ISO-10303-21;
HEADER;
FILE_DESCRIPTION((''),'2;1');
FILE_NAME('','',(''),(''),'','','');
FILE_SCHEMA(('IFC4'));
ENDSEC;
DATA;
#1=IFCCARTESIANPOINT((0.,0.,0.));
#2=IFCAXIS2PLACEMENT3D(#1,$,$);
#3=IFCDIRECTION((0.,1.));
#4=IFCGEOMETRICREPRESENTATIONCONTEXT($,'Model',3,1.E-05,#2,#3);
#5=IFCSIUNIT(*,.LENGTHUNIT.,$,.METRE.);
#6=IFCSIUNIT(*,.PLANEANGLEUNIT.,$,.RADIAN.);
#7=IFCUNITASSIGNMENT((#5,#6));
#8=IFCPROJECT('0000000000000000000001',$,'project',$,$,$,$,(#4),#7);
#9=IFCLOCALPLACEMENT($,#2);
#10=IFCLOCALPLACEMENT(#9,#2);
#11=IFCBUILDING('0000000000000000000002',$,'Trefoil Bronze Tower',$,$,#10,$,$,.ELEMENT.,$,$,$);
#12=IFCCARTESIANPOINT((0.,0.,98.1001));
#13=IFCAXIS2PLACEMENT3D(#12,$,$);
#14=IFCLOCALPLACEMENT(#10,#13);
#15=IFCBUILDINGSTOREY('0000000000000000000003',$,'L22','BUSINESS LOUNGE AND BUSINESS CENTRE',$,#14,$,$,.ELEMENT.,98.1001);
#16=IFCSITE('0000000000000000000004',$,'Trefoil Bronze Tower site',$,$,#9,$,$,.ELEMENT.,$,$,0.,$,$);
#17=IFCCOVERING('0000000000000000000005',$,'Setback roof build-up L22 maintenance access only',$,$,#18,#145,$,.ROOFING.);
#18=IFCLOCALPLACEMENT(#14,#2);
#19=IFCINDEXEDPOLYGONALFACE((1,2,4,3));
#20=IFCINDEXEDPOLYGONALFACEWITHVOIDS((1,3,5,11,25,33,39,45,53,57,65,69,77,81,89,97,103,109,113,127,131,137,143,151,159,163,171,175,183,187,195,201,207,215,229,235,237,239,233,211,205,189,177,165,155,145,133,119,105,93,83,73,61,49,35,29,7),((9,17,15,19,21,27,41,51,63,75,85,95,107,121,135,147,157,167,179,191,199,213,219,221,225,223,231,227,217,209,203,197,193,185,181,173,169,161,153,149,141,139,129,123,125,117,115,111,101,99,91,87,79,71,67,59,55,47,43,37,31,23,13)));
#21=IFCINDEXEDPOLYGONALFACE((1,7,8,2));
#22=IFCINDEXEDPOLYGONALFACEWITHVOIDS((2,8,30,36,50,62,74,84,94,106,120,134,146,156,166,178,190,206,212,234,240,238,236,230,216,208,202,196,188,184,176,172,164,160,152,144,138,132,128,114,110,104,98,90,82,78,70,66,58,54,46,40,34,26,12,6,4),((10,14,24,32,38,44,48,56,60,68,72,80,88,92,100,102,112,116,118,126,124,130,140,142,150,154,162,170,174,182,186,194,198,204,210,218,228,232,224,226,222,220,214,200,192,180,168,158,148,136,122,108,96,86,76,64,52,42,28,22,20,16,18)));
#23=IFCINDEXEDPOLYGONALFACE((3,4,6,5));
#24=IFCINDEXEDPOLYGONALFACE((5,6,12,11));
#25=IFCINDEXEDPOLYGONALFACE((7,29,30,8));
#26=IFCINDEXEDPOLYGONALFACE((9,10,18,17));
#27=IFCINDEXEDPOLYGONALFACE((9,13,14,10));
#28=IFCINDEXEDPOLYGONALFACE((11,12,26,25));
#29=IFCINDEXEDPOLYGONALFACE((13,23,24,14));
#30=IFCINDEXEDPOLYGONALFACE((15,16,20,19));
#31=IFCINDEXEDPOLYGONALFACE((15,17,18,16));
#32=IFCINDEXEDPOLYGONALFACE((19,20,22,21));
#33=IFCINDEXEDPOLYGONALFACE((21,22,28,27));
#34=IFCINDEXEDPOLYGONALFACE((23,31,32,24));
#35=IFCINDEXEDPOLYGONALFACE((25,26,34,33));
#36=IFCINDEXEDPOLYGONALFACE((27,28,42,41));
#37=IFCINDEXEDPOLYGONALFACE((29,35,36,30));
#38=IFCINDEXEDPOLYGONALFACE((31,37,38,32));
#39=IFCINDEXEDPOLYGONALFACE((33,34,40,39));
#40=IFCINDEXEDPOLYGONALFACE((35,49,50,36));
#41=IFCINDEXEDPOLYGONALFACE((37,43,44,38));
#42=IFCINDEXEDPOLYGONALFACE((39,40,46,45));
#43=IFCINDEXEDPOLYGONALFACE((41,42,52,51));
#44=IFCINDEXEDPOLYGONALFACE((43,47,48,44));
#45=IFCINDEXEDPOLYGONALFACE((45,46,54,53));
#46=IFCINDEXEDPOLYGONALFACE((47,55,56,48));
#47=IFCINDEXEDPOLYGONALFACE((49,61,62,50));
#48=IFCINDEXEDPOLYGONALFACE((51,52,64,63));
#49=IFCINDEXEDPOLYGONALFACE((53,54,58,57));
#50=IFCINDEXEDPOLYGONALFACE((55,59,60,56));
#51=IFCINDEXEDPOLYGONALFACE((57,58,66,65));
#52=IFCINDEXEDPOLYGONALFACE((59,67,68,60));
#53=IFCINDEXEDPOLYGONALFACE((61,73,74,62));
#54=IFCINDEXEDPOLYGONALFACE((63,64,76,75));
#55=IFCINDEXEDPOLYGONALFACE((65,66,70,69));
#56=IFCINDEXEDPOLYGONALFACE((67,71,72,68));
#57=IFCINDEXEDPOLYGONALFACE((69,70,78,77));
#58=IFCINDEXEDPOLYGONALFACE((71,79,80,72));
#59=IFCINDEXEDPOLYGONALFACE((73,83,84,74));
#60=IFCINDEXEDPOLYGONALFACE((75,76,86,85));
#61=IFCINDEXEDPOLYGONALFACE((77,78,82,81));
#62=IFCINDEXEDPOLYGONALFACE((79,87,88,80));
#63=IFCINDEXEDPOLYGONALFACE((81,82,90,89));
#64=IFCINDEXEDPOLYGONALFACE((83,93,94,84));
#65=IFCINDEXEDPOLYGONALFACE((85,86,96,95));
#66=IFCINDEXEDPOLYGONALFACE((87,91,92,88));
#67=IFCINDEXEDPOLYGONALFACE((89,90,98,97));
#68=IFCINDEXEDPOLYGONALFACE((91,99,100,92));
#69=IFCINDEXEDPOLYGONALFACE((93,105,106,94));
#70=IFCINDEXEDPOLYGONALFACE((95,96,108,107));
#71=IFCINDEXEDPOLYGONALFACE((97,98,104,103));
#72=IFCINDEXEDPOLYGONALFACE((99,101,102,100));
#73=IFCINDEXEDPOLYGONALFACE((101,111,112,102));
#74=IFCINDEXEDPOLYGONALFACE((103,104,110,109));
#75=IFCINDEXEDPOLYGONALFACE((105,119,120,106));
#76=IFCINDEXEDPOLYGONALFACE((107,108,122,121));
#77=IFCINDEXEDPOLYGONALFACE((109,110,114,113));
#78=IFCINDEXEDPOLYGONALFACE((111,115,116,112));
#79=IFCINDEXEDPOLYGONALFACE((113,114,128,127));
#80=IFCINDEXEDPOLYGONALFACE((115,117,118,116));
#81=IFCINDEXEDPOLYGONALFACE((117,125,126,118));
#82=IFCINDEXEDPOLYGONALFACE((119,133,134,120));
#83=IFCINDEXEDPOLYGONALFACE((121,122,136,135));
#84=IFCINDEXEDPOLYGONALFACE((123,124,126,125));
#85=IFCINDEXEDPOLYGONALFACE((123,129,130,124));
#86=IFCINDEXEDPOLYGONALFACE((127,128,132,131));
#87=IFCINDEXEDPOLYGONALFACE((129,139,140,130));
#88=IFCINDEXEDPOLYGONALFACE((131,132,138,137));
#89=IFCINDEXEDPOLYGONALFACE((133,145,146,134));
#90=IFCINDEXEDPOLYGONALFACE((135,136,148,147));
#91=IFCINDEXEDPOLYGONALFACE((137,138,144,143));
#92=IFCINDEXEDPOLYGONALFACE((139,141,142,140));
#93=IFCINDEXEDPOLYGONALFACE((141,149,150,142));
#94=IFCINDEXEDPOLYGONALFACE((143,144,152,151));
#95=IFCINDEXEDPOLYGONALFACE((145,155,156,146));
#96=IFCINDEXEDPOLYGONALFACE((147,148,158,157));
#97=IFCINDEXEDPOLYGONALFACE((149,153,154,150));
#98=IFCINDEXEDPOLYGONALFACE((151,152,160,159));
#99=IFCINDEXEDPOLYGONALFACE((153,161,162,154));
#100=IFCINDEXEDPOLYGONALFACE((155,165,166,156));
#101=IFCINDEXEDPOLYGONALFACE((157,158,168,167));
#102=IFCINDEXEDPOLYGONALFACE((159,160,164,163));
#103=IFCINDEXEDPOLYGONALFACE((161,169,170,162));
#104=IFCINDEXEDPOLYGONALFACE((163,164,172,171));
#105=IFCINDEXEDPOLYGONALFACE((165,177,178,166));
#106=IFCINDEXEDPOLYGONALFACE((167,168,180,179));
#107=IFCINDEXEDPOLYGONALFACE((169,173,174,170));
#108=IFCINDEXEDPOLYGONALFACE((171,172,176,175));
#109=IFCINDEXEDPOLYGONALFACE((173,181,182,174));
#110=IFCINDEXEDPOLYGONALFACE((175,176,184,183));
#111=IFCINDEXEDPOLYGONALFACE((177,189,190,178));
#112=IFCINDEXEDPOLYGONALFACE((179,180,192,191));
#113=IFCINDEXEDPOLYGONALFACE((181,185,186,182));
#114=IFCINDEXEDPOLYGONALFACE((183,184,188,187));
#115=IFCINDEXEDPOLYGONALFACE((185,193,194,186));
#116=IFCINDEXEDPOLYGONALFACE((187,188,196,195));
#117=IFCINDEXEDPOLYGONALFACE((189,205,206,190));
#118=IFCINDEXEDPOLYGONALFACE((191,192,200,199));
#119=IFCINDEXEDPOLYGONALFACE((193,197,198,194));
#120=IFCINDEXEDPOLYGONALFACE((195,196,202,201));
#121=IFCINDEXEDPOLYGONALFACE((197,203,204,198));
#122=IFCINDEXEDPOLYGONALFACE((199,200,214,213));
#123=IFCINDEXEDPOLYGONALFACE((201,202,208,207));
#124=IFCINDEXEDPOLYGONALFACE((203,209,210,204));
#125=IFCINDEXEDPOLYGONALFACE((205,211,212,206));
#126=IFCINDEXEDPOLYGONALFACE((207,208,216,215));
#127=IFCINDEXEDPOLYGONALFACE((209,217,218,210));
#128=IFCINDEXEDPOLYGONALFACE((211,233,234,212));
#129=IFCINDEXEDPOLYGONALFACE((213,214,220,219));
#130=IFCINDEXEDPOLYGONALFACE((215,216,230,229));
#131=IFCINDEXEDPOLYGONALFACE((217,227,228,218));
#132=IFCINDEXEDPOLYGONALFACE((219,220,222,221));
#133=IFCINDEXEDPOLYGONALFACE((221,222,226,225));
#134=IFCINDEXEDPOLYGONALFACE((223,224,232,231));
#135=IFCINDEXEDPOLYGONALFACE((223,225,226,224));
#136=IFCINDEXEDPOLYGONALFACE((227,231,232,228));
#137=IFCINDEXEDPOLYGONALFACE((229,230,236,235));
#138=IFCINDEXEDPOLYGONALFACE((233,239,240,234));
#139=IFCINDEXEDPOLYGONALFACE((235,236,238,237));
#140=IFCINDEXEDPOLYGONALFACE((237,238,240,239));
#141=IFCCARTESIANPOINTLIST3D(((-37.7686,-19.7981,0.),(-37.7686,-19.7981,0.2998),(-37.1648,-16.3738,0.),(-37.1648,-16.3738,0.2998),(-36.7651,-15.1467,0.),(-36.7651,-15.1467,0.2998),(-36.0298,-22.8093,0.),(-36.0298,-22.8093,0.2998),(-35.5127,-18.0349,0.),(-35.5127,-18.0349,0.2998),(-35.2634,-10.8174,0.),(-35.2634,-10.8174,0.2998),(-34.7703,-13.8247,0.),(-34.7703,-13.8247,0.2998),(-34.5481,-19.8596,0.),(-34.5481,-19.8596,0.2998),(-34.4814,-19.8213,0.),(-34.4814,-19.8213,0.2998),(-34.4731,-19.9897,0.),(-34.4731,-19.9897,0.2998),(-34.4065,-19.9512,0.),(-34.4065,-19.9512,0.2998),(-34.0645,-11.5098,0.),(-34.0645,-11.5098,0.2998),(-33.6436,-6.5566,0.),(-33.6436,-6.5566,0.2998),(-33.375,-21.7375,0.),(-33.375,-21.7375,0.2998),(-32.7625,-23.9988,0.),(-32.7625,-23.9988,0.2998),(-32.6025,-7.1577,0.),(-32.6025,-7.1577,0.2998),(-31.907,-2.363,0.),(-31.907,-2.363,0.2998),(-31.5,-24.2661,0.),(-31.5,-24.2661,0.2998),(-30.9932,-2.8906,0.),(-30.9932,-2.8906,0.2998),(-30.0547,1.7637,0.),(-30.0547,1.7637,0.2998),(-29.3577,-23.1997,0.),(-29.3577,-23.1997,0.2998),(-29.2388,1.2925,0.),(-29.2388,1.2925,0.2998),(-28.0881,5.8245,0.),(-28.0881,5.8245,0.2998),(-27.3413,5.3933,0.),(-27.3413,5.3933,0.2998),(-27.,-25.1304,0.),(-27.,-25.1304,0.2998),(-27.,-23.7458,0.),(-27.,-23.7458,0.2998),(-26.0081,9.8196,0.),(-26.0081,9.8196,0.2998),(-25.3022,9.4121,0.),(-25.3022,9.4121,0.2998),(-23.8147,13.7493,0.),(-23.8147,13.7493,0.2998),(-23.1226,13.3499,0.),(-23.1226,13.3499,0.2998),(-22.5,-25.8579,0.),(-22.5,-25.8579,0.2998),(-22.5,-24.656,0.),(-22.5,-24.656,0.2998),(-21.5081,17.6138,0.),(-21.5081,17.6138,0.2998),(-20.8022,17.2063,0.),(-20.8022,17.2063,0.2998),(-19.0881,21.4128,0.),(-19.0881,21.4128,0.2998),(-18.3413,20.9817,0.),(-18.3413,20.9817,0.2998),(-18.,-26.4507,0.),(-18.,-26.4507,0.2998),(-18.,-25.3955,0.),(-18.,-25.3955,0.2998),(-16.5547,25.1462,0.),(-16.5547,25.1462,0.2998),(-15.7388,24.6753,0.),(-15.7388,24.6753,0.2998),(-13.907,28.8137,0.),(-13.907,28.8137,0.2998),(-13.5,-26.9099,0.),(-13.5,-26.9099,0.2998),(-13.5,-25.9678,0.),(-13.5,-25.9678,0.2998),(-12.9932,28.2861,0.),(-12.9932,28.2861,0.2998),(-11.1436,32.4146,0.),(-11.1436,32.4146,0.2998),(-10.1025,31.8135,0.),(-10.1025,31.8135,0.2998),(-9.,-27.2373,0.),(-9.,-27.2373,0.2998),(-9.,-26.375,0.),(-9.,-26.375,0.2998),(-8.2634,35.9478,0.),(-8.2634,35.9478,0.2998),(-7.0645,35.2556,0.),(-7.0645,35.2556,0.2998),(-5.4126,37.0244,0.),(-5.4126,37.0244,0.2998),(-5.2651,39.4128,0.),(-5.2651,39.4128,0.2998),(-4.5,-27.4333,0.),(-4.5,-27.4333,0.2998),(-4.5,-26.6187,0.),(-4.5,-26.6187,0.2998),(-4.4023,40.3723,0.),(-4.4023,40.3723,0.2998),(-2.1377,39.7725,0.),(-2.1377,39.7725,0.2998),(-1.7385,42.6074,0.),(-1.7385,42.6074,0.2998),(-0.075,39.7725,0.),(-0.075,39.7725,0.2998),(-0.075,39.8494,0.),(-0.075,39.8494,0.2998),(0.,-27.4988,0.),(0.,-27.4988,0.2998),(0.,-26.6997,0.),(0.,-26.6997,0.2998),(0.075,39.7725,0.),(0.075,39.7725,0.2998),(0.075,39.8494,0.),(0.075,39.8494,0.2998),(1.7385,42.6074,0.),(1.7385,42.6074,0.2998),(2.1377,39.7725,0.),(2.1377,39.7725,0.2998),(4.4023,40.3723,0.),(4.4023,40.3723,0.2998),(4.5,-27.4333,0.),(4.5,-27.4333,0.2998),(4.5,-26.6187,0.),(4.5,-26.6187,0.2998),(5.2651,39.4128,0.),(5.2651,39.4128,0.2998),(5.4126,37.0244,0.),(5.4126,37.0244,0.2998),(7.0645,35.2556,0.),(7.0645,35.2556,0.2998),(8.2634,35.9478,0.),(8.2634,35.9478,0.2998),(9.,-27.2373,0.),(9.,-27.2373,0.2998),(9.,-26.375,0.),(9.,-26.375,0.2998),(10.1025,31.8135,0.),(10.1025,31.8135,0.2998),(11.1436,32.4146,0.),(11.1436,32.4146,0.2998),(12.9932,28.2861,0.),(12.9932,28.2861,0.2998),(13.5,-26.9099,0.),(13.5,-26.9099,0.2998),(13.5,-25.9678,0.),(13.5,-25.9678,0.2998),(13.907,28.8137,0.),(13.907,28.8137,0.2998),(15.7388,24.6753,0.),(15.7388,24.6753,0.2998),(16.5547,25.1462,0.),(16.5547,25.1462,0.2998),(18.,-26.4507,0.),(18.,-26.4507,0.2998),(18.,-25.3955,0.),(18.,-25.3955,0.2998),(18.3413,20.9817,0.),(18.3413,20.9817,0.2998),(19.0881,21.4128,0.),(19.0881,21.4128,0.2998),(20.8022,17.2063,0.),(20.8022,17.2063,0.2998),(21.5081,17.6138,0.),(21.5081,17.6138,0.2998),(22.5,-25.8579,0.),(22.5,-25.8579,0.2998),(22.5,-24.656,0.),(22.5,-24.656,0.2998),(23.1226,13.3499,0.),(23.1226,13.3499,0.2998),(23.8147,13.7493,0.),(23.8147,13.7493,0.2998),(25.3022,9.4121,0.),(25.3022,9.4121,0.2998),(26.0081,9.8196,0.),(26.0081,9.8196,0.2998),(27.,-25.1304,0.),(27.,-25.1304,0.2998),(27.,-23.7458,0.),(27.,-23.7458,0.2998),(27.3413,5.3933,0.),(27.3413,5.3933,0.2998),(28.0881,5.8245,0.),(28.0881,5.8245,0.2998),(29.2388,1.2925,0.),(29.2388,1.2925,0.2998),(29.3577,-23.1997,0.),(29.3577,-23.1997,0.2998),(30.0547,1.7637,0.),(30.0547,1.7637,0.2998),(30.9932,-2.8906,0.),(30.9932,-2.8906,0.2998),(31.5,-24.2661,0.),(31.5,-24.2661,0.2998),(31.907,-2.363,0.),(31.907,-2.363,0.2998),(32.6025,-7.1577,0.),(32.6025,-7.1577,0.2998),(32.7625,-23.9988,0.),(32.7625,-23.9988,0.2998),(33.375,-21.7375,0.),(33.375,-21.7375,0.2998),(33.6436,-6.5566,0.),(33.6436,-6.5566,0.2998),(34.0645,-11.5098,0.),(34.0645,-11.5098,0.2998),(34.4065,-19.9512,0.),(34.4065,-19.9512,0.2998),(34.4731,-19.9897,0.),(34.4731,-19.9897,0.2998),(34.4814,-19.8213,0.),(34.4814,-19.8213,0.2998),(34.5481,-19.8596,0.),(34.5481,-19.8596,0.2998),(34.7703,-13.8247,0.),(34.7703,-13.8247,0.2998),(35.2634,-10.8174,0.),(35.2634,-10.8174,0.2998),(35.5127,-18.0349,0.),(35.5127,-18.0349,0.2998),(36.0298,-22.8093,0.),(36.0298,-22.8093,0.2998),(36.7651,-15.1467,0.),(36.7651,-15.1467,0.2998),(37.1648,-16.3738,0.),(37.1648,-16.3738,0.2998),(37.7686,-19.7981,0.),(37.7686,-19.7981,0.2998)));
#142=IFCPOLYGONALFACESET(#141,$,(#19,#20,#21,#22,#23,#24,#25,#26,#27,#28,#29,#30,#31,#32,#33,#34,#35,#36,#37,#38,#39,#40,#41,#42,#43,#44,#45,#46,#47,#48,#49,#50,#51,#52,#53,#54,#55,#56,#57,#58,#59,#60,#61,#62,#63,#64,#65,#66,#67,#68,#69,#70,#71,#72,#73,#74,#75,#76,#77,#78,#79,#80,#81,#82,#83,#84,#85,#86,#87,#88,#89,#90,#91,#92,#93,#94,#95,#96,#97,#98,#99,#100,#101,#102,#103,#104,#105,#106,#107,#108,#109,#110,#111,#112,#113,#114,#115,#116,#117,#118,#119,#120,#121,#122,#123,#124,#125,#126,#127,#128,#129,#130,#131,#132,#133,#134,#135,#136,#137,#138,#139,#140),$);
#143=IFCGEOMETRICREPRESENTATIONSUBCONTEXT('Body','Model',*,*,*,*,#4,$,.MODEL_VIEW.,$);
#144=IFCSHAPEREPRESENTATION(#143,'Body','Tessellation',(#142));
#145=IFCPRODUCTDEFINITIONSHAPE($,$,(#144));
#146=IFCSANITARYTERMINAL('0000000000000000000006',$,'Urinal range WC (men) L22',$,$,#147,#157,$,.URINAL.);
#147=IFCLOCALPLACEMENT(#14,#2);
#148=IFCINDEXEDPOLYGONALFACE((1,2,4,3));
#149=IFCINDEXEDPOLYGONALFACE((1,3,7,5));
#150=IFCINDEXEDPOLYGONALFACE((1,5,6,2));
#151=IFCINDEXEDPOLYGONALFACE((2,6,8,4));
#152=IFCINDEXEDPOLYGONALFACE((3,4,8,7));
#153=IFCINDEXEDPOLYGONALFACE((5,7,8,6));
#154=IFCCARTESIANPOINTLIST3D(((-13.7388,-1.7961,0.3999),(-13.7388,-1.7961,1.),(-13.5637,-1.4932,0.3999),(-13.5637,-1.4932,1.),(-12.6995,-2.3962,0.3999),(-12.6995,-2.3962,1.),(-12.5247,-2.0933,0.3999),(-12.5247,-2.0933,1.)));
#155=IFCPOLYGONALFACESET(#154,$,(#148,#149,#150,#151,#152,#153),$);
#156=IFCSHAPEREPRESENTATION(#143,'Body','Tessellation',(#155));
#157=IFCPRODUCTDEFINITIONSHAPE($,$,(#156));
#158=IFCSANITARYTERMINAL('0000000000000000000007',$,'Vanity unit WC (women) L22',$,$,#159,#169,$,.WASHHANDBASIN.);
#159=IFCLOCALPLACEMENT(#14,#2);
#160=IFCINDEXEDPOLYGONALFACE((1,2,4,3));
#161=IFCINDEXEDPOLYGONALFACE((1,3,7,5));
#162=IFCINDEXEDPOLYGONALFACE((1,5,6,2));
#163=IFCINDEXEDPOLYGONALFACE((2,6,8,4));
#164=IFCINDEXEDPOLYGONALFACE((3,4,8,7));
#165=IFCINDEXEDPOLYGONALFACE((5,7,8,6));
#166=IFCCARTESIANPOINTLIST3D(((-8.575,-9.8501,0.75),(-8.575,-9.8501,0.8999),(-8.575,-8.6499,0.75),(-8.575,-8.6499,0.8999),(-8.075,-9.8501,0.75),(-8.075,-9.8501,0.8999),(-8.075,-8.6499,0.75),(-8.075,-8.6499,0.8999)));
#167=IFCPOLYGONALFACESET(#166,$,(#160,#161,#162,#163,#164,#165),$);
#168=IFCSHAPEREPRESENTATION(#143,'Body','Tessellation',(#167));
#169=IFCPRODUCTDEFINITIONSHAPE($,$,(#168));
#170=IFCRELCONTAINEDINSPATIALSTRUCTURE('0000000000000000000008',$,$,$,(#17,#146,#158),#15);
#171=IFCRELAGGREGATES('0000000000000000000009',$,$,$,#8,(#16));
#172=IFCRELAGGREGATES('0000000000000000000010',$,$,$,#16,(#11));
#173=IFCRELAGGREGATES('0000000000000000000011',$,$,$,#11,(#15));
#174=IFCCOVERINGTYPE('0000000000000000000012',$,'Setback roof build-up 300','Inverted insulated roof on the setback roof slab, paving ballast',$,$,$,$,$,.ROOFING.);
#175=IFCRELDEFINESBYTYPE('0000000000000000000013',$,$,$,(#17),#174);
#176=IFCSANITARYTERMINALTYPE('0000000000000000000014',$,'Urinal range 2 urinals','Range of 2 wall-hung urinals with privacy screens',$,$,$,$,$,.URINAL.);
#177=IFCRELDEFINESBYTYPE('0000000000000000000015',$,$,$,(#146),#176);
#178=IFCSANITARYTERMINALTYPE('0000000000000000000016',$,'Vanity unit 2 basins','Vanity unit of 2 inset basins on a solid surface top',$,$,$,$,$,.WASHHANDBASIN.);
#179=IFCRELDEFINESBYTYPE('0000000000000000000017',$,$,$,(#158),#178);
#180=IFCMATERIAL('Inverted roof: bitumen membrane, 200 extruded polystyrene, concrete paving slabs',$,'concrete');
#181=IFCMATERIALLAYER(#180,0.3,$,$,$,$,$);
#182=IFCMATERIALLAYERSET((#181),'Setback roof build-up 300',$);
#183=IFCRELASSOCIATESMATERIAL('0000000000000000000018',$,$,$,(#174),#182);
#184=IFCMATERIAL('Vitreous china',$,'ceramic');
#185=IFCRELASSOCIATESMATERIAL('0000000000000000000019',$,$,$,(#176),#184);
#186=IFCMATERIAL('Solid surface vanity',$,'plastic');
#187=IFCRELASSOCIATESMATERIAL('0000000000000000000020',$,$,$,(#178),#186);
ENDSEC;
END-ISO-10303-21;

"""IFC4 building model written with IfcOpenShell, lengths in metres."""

from ifc_helpers import new_model, si_unit, direction, frame, origin, place, context, subcontext, project, spatial, polyline, outline, extrude, material, layer, layer_set, type_object, element, save


model = new_model("IFC4")

# Units and contexts
model_context = context("Model", 3, precision=1e-05, world=origin(), true_north=direction((0.0, 1.0)))
body_context = subcontext(model_context, "Body", "Model", "MODEL_VIEW")
ifc_project = project(units=[si_unit("LENGTHUNIT", "METRE"), si_unit("PLANEANGLEUNIT", "RADIAN")], contexts=[model_context])

# Site, building, storey
site_placement = place(None, origin())
site = spatial("IfcSite", under=ifc_project, at=site_placement, Name="Trefoil Bronze Tower site", CompositionType="ELEMENT", RefElevation=0.0)
building_placement = place(site_placement, origin())
building = spatial("IfcBuilding", under=site, at=building_placement, Name="Trefoil Bronze Tower", CompositionType="ELEMENT")
storey_placement = place(building_placement, frame((0.0, 0.0, 98.1001)))
storey = spatial("IfcBuildingStorey", under=building, at=storey_placement, Name="L22", Description="BUSINESS LOUNGE AND BUSINESS CENTRE", CompositionType="ELEMENT", Elevation=98.1001)

# Covering
ifc_material_1 = material(Name="Inverted roof: bitumen membrane, 200 extruded polystyrene, concrete paving slabs", Category="concrete")
ifc_layer_1 = layer(ifc_material_1, 0.3)
ifc_layer_set_1 = layer_set([ifc_layer_1], Name="Setback roof build-up 300")
covering_type_1 = type_object("IfcCoveringType", Name="Setback roof build-up 300", Description="Inverted insulated roof on the setback roof slab, paving ballast", PredefinedType="ROOFING", material=ifc_layer_set_1)
covering_1_placement = place(storey_placement, origin())
element("IfcCovering", 1, at=covering_1_placement, inside=storey, type_object=covering_type_1, Name="Setback roof build-up L22 maintenance access only", PredefinedType="ROOFING", context=body_context, shape_type="SweptSolid", body=[
    extrude(outline(polyline([(31.5, -24.2661), (27.0, -25.1304), (22.5, -25.8579), (18.0, -26.4507), (13.5, -26.9099), (9.0, -27.2373), (4.5, -27.4333), (0.0, -27.4988), (-4.5, -27.4333), (-9.0, -27.2373), (-13.5, -26.9099), (-18.0, -26.4507), (-22.5, -25.8579), (-27.0, -25.1304), (-31.5, -24.2661), (-32.7625, -23.9988), (-36.0298, -22.8093), (-37.7686, -19.7981), (-37.1648, -16.3738), (-36.7651, -15.1467), (-35.2634, -10.8174), (-33.6436, -6.5566), (-31.907, -2.363), (-30.0547, 1.7637), (-28.0881, 5.8245), (-26.0081, 9.8196), (-23.8147, 13.7493), (-21.5081, 17.6138), (-19.0881, 21.4128), (-16.5547, 25.1462), (-13.907, 28.8137), (-11.1436, 32.4146), (-8.2634, 35.9478), (-5.2651, 39.4128), (-4.4023, 40.3723), (-1.7385, 42.6074), (1.7385, 42.6074), (4.4023, 40.3723), (5.2651, 39.4128), (8.2634, 35.9478), (11.1436, 32.4146), (13.907, 28.8137), (16.5547, 25.1462), (19.0881, 21.4128), (21.5081, 17.6138), (23.8147, 13.7493), (26.0081, 9.8196), (28.0881, 5.8245), (30.0547, 1.7637), (31.907, -2.363), (33.6436, -6.5566), (35.2634, -10.8174), (36.7651, -15.1467), (37.1648, -16.3738), (37.7686, -19.7981), (36.0298, -22.8093), (32.7625, -23.9988), (31.5, -24.2661)]), holes=[polyline([(-20.8022, 17.2063), (-23.1226, 13.3499), (-25.3022, 9.4121), (-27.3413, 5.3933), (-29.2388, 1.2925), (-30.9932, -2.8906), (-32.6025, -7.1577), (-34.0645, -11.5098), (-34.7703, -13.8247), (-35.5127, -18.0349), (-34.4814, -19.8213), (-34.5481, -19.8596), (-34.4731, -19.9897), (-34.4065, -19.9512), (-33.375, -21.7375), (-29.3577, -23.1997), (-27.0, -23.7458), (-22.5, -24.656), (-18.0, -25.3955), (-13.5, -25.9678), (-9.0, -26.375), (-4.5, -26.6187), (0.0, -26.6997), (4.5, -26.6187), (9.0, -26.375), (13.5, -25.9678), (18.0, -25.3955), (22.5, -24.656), (27.0, -23.7458), (29.3577, -23.1997), (33.375, -21.7375), (34.4065, -19.9512), (34.4731, -19.9897), (34.5481, -19.8596), (34.4814, -19.8213), (35.5127, -18.0349), (34.7703, -13.8247), (34.0645, -11.5098), (32.6025, -7.1577), (30.9932, -2.8906), (29.2388, 1.2925), (27.3413, 5.3933), (25.3022, 9.4121), (23.1226, 13.3499), (20.8022, 17.2063), (18.3413, 20.9817), (15.7388, 24.6753), (12.9932, 28.2861), (10.1025, 31.8135), (7.0645, 35.2556), (5.4126, 37.0244), (2.1377, 39.7725), (0.075, 39.7725), (0.075, 39.8494), (-0.075, 39.8494), (-0.075, 39.7725), (-2.1377, 39.7725), (-5.4126, 37.0244), (-7.0645, 35.2556), (-10.1025, 31.8135), (-12.9932, 28.2861), (-15.7388, 24.6753), (-18.3413, 20.9817), (-20.8022, 17.2063)])]), origin(), (0.0, 0.0, 1.0), 0.2998),
])

# Sanitary terminals
ifc_material_2 = material(Name="Vitreous china", Category="ceramic")
sanitary_terminal_type_1 = type_object("IfcSanitaryTerminalType", Name="Urinal range 2 urinals", Description="Range of 2 wall-hung urinals with privacy screens", PredefinedType="URINAL", material=ifc_material_2)
sanitary_terminal_1_placement = place(storey_placement, frame((0.0, 0.0, 0.3999)))
element("IfcSanitaryTerminal", 2, at=sanitary_terminal_1_placement, inside=storey, type_object=sanitary_terminal_type_1, Name="Urinal range WC (men) L22", PredefinedType="URINAL", context=body_context, shape_type="SweptSolid", body=[
    extrude(outline(polyline([(-12.5247, -2.0933), (-12.6995, -2.3962), (-13.7388, -1.7961), (-13.5637, -1.4932), (-12.5247, -2.0933)])), origin(), (0.0, 0.0, 1.0), 0.6001),
])
ifc_material_3 = material(Name="Solid surface vanity", Category="plastic")
sanitary_terminal_type_2 = type_object("IfcSanitaryTerminalType", Name="Vanity unit 2 basins", Description="Vanity unit of 2 inset basins on a solid surface top", PredefinedType="WASHHANDBASIN", material=ifc_material_3)
sanitary_terminal_2_placement = place(storey_placement, frame((0.0, 0.0, 0.75)))
element("IfcSanitaryTerminal", 3, at=sanitary_terminal_2_placement, inside=storey, type_object=sanitary_terminal_type_2, Name="Vanity unit WC (women) L22", PredefinedType="WASHHANDBASIN", context=body_context, shape_type="SweptSolid", body=[
    extrude(outline(polyline([(-8.075, -8.6499), (-8.575, -8.6499), (-8.575, -9.8501), (-8.075, -9.8501), (-8.075, -8.6499)])), origin(), (0.0, 0.0, 1.0), 0.1499),
])

save(model, "model.ifc")
